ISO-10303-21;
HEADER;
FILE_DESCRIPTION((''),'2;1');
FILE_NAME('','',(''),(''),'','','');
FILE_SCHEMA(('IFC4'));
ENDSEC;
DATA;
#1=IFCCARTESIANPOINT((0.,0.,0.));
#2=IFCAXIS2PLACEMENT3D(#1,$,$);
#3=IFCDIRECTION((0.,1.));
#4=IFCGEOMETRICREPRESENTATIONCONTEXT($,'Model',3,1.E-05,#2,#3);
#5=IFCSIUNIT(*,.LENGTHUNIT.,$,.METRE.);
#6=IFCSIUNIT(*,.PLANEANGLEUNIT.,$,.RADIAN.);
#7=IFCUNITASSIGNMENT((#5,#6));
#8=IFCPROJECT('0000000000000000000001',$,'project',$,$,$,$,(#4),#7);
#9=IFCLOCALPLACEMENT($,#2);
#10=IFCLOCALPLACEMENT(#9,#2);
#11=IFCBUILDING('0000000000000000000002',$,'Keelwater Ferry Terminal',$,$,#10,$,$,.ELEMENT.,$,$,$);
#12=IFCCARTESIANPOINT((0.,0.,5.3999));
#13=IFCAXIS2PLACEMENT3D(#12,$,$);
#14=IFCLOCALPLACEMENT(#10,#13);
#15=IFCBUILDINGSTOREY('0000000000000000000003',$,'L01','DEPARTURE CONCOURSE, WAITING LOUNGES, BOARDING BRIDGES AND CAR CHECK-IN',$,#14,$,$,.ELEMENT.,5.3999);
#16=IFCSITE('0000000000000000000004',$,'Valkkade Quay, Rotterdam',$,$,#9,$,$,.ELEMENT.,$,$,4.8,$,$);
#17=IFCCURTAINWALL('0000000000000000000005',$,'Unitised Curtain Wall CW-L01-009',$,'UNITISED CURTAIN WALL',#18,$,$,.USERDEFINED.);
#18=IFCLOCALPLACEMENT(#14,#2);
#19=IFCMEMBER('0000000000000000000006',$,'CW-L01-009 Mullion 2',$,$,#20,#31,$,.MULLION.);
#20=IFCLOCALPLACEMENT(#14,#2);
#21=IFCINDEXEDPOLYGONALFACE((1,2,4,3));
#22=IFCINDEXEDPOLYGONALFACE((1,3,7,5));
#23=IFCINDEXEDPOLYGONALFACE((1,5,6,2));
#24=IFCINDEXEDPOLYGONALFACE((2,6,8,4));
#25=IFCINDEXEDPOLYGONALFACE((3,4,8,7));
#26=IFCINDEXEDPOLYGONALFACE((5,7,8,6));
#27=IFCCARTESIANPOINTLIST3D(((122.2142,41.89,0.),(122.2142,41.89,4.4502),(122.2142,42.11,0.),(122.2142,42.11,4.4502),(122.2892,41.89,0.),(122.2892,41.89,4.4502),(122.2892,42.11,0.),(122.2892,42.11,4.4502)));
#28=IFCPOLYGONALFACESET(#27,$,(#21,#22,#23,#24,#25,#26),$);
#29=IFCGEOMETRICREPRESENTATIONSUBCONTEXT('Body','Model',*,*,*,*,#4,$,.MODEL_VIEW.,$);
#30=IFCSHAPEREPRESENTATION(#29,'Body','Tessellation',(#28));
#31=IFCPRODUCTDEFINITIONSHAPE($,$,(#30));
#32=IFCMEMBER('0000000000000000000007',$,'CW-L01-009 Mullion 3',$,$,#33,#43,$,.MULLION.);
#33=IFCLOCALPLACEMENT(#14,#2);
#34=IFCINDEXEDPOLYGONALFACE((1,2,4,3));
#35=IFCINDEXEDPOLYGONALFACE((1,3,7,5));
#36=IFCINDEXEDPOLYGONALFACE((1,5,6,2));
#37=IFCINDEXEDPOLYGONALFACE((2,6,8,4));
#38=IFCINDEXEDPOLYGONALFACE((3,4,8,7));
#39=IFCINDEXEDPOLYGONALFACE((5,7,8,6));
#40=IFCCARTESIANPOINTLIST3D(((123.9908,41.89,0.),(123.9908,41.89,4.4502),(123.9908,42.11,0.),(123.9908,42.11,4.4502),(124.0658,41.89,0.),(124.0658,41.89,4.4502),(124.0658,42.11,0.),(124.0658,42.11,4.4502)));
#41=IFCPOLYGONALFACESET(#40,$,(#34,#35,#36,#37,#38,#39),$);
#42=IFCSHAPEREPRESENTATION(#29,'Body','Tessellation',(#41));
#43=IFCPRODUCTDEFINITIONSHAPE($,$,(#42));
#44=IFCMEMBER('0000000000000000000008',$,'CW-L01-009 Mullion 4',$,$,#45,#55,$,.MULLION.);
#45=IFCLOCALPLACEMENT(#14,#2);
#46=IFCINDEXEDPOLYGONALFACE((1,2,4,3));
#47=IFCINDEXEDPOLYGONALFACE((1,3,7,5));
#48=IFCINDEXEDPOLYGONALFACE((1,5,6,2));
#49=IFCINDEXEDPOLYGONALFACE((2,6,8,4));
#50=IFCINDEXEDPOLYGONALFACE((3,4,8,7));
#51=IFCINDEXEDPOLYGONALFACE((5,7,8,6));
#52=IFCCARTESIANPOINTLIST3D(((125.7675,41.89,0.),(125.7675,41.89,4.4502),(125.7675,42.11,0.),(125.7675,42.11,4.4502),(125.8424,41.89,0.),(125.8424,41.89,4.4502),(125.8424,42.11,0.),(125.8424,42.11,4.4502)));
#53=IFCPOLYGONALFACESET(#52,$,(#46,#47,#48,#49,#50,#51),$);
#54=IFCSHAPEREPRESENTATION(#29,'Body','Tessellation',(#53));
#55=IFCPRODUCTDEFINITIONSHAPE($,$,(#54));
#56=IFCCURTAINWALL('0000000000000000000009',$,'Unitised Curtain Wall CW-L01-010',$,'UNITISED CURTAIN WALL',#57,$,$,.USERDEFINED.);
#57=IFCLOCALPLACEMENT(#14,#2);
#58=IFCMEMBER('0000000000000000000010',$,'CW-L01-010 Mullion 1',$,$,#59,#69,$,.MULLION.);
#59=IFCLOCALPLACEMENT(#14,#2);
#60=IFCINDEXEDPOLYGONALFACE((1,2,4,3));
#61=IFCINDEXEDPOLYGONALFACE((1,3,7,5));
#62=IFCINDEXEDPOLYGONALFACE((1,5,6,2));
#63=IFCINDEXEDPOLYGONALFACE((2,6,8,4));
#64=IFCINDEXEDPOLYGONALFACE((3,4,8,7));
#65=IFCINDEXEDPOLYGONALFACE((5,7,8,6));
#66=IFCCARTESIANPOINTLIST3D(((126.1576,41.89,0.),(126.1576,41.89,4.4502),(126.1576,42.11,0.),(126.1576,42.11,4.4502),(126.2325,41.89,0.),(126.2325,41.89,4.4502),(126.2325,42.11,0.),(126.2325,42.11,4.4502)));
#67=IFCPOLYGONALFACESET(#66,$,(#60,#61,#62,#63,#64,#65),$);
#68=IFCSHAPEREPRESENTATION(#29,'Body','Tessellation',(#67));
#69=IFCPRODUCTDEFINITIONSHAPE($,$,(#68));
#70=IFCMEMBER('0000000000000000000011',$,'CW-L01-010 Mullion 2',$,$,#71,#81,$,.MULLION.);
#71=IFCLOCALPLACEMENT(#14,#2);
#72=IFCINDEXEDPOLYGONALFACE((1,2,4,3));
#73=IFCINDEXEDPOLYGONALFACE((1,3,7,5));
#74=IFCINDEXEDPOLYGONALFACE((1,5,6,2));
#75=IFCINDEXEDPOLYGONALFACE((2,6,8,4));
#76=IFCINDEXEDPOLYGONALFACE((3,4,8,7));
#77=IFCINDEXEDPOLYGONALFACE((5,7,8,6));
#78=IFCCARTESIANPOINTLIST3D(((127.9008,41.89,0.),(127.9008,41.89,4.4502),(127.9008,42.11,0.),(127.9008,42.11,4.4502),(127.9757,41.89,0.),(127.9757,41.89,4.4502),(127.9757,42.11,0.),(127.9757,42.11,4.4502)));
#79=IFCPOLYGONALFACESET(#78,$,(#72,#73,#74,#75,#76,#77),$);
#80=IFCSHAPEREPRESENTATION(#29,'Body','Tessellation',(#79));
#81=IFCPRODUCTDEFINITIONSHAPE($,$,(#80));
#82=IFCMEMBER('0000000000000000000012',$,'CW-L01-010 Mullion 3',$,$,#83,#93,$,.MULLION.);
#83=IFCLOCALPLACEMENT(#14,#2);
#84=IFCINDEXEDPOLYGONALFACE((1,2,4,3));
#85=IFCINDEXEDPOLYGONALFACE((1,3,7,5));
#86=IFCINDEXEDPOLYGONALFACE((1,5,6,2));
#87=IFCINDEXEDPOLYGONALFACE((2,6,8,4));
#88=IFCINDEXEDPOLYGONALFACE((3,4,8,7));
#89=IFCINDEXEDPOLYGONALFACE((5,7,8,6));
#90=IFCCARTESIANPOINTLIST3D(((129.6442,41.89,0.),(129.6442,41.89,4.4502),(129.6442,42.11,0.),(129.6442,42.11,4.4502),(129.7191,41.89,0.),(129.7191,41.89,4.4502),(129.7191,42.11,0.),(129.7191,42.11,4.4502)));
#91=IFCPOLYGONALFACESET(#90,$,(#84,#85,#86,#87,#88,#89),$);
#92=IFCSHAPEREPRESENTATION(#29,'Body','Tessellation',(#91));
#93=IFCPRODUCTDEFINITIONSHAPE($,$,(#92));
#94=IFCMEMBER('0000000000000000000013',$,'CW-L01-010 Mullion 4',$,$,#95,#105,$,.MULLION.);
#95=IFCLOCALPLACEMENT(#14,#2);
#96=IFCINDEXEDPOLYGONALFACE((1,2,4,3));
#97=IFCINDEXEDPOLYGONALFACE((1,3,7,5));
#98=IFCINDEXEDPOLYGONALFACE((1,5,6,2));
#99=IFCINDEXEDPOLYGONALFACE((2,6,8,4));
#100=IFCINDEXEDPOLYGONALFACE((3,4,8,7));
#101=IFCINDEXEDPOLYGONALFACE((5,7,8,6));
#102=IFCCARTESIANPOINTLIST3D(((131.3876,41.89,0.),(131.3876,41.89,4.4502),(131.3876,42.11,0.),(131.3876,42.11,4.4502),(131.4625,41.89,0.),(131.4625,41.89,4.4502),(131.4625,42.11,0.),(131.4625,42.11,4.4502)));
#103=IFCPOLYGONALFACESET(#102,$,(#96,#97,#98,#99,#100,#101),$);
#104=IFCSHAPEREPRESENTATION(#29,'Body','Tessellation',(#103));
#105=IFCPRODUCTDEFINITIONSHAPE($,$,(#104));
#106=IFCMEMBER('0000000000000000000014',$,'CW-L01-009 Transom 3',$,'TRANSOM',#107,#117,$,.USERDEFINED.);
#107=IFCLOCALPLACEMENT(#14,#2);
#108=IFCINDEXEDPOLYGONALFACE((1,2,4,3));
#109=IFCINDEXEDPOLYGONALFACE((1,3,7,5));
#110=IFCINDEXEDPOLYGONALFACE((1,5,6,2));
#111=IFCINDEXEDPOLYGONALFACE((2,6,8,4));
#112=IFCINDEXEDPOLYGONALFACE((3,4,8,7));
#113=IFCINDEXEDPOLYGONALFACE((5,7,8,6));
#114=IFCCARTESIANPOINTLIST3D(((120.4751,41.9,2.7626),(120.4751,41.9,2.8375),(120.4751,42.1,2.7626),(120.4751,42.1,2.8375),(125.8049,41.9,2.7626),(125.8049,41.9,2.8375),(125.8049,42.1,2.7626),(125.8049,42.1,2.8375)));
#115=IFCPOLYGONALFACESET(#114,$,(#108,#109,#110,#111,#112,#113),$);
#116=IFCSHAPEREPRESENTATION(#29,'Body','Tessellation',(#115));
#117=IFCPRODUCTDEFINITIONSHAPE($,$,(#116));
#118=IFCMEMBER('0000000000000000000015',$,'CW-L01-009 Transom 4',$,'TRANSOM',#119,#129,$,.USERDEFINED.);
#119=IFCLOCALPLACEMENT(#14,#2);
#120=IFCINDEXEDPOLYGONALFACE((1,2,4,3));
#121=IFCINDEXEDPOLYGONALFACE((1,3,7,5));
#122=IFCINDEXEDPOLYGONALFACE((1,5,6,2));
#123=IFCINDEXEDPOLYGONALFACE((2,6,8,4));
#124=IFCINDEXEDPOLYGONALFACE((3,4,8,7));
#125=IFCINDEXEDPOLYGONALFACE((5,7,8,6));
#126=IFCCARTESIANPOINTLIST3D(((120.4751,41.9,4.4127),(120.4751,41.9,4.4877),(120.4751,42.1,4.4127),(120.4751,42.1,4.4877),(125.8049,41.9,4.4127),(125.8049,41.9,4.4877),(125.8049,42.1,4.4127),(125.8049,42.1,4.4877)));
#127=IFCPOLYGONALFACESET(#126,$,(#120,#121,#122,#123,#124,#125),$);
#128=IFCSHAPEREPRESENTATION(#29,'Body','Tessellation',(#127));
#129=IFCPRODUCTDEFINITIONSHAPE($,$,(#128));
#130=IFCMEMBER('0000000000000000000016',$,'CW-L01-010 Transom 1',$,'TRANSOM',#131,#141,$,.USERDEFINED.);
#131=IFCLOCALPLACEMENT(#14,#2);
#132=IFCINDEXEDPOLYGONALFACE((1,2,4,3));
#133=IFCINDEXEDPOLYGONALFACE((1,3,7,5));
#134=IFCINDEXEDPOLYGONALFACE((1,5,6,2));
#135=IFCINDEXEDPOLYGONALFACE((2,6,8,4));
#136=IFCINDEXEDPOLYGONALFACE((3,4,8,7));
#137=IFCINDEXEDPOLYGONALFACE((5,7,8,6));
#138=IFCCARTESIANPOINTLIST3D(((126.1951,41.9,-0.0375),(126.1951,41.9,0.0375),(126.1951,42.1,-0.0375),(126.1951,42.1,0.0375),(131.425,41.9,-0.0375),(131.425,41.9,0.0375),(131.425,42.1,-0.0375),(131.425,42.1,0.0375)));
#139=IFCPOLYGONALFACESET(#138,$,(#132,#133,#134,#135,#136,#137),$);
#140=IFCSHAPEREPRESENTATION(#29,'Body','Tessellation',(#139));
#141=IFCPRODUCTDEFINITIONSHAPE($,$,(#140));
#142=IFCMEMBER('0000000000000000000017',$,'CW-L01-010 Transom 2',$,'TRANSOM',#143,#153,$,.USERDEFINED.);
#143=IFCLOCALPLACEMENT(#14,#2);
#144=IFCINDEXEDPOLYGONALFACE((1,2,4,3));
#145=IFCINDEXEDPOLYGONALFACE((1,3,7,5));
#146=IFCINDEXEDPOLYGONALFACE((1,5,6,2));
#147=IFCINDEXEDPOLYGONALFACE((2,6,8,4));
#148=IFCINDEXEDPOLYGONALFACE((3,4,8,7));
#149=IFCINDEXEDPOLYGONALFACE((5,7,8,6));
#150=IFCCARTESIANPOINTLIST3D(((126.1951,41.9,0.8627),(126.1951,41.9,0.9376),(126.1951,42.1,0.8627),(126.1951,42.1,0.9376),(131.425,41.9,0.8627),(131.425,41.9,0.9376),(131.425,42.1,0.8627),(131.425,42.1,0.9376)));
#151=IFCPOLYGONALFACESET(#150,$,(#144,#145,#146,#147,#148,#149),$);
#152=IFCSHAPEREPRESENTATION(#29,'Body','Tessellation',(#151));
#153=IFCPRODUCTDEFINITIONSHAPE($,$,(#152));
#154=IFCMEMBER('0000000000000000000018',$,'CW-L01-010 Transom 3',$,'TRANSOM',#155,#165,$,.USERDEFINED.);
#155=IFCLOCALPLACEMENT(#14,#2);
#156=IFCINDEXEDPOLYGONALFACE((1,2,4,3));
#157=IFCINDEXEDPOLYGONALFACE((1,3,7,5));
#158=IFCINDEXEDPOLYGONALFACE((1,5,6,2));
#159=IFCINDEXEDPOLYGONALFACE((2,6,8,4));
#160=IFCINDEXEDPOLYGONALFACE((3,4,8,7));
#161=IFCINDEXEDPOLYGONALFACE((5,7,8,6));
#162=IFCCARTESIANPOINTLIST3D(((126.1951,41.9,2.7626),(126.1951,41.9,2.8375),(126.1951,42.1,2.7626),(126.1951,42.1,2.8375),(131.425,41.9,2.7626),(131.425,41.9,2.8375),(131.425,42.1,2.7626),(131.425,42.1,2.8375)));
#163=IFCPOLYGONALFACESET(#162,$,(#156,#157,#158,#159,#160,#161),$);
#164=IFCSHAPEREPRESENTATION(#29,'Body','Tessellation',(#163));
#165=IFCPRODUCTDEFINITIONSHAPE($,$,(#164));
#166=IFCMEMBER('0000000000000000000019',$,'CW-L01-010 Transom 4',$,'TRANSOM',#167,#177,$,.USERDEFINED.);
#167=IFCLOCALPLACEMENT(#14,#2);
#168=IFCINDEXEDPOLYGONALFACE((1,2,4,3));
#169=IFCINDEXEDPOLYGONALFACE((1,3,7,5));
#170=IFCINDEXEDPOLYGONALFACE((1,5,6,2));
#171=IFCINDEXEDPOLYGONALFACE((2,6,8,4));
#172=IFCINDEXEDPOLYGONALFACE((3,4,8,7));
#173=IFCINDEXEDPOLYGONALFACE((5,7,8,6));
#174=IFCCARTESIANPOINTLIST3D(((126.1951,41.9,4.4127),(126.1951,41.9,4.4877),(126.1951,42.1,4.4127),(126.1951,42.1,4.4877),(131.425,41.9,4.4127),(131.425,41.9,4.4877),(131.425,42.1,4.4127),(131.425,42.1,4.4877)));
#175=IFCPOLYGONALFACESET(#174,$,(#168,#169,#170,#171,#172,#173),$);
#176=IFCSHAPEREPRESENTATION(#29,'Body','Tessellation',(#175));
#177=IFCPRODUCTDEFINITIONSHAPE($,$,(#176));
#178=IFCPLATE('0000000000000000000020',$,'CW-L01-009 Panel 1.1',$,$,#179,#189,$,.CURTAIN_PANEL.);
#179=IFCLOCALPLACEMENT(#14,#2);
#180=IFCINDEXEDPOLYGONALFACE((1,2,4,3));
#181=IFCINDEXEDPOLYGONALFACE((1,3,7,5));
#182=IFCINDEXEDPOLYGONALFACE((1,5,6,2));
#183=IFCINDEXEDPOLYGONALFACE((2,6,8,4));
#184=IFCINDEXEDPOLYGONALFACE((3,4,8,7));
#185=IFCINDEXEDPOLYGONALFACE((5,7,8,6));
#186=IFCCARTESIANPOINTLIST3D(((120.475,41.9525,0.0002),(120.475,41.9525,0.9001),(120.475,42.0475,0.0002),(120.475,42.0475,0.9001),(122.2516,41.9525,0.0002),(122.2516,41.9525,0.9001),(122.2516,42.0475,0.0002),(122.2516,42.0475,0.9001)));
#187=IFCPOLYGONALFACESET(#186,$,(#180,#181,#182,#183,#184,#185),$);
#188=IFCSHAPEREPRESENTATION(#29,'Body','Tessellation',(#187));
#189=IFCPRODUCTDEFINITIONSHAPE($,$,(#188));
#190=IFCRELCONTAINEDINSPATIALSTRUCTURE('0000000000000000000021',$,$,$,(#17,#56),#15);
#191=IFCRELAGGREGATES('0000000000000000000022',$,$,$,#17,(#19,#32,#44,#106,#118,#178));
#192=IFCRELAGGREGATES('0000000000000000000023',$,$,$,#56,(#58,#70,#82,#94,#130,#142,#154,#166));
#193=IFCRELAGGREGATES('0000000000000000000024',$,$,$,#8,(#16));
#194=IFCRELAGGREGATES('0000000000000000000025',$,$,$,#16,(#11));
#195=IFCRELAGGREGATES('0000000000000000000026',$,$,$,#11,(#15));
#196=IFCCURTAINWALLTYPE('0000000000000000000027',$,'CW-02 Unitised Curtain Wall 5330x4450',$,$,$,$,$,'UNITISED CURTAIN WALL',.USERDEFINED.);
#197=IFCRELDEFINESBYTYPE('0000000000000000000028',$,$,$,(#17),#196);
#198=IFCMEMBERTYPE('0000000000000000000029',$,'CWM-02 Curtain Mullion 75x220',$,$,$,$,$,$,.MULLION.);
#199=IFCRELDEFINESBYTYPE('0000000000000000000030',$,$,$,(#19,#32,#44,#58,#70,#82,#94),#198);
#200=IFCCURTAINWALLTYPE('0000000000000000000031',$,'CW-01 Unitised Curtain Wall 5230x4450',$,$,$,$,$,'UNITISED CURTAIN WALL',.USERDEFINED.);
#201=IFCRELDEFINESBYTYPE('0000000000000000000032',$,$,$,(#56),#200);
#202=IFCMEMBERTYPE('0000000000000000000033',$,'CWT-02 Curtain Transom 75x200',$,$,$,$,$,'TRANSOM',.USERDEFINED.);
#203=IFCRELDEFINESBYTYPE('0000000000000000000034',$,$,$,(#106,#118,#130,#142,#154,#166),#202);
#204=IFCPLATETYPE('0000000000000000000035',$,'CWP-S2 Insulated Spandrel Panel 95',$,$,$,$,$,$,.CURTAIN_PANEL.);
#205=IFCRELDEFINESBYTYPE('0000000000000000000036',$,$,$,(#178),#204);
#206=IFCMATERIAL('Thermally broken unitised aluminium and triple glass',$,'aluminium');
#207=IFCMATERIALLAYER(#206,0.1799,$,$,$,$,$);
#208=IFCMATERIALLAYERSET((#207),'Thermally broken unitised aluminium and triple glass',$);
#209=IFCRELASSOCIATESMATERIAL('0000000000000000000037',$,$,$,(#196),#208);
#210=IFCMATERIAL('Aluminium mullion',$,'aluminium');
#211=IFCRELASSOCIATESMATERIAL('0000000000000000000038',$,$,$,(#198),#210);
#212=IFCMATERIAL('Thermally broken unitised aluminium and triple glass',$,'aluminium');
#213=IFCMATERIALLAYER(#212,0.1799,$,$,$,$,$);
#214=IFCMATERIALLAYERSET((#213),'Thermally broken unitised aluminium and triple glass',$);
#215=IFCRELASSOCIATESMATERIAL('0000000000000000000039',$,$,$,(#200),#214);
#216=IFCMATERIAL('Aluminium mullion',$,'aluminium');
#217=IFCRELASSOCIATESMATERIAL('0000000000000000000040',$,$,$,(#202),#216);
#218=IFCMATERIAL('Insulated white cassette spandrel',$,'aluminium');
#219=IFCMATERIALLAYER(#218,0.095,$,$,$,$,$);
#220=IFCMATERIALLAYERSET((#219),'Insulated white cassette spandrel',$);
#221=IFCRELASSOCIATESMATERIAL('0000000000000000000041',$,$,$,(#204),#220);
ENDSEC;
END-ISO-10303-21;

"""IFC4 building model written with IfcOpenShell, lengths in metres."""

from ifc_helpers import new_model, si_unit, direction, frame, origin, origin_2d, place, context, subcontext, project, spatial, rectangle, extrude, material, layer, layer_set, material_profile, profile_set, type_object, element, aggregate, save


model = new_model("IFC4")

# Units and contexts
model_context = context("Model", 3, precision=1e-05, world=origin(), true_north=direction((0.0, 1.0)))
body_context = subcontext(model_context, "Body", "Model", "MODEL_VIEW")
ifc_project = project(units=[si_unit("LENGTHUNIT", "METRE"), si_unit("PLANEANGLEUNIT", "RADIAN")], contexts=[model_context])

# Site, building, storey
site_placement = place(None, origin())
site = spatial("IfcSite", under=ifc_project, at=site_placement, Name="Valkkade Quay, Rotterdam", CompositionType="ELEMENT", RefElevation=4.8)
building_placement = place(site_placement, origin())
building = spatial("IfcBuilding", under=site, at=building_placement, Name="Keelwater Ferry Terminal", CompositionType="ELEMENT")
storey_placement = place(building_placement, frame((0.0, 0.0, 5.3999)))
storey = spatial("IfcBuildingStorey", under=building, at=storey_placement, Name="L01", Description="DEPARTURE CONCOURSE, WAITING LOUNGES, BOARDING BRIDGES AND CAR CHECK-IN", CompositionType="ELEMENT", Elevation=5.3999)

# Curtain walls, members
ifc_material_1 = material(Name="Thermally broken unitised aluminium and triple glass", Category="aluminium")
ifc_layer_1 = layer(ifc_material_1, 0.1799)
ifc_layer_set_1 = layer_set([ifc_layer_1], Name="Thermally broken unitised aluminium and triple glass")
curtain_wall_type_1 = type_object("IfcCurtainWallType", Name="CW-02 Unitised Curtain Wall 5330x4450", ElementType="UNITISED CURTAIN WALL", PredefinedType="USERDEFINED", material=ifc_layer_set_1)
curtain_wall_1_placement = place(storey_placement, origin())
curtain_wall_1 = element("IfcCurtainWall", 1, at=curtain_wall_1_placement, inside=storey, type_object=curtain_wall_type_1, Name="Unitised Curtain Wall CW-L01-009", ObjectType="UNITISED CURTAIN WALL", PredefinedType="USERDEFINED")
ifc_material_2 = material(Name="Aluminium mullion", Category="aluminium")
ifc_material_profile_1 = material_profile(ifc_material_2, rectangle(XDim=0.075, YDim=0.22, at=origin_2d()), Name="CWM-02")
ifc_profile_set_1 = profile_set([ifc_material_profile_1], Name="Aluminium mullion")
member_type_1 = type_object("IfcMemberType", Name="CWM-02 Curtain Mullion 75x220", PredefinedType="MULLION", material=ifc_profile_set_1)
member_1_placement = place(storey_placement, frame((122.2517, 42.0, 0.0), z_axis=(0.0, 0.0, 1.0), x_axis=(1.0, 0.0, 0.0)))
member_1 = element("IfcMember", 2, at=member_1_placement, type_object=member_type_1, Name="CW-L01-009 Mullion 2", PredefinedType="MULLION", context=body_context, shape_type="SweptSolid", body=[
    extrude(rectangle(XDim=0.075, YDim=0.22, at=origin_2d()), origin(), (0.0, 0.0, 1.0), 4.4502),
])
member_2_placement = place(storey_placement, frame((124.0283, 42.0, 0.0), z_axis=(0.0, 0.0, 1.0), x_axis=(1.0, 0.0, 0.0)))
member_2 = element("IfcMember", 3, at=member_2_placement, type_object=member_type_1, Name="CW-L01-009 Mullion 3", PredefinedType="MULLION", context=body_context, shape_type="SweptSolid", body=[
    extrude(rectangle(XDim=0.075, YDim=0.22, at=origin_2d()), origin(), (0.0, 0.0, 1.0), 4.4502),
])
member_3_placement = place(storey_placement, frame((125.8049, 42.0, 0.0), z_axis=(0.0, 0.0, 1.0), x_axis=(1.0, 0.0, 0.0)))
member_3 = element("IfcMember", 4, at=member_3_placement, type_object=member_type_1, Name="CW-L01-009 Mullion 4", PredefinedType="MULLION", context=body_context, shape_type="SweptSolid", body=[
    extrude(rectangle(XDim=0.075, YDim=0.22, at=origin_2d()), origin(), (0.0, 0.0, 1.0), 4.4502),
])
ifc_material_3 = material(Name="Thermally broken unitised aluminium and triple glass", Category="aluminium")
ifc_layer_2 = layer(ifc_material_3, 0.1799)
ifc_layer_set_2 = layer_set([ifc_layer_2], Name="Thermally broken unitised aluminium and triple glass")
curtain_wall_type_2 = type_object("IfcCurtainWallType", Name="CW-01 Unitised Curtain Wall 5230x4450", ElementType="UNITISED CURTAIN WALL", PredefinedType="USERDEFINED", material=ifc_layer_set_2)
curtain_wall_2_placement = place(storey_placement, origin())
curtain_wall_2 = element("IfcCurtainWall", 5, at=curtain_wall_2_placement, inside=storey, type_object=curtain_wall_type_2, Name="Unitised Curtain Wall CW-L01-010", ObjectType="UNITISED CURTAIN WALL", PredefinedType="USERDEFINED")
member_4_placement = place(storey_placement, frame((126.1951, 42.0, 0.0), z_axis=(0.0, 0.0, 1.0), x_axis=(1.0, 0.0, 0.0)))
member_4 = element("IfcMember", 6, at=member_4_placement, type_object=member_type_1, Name="CW-L01-010 Mullion 1", PredefinedType="MULLION", context=body_context, shape_type="SweptSolid", body=[
    extrude(rectangle(XDim=0.075, YDim=0.22, at=origin_2d()), origin(), (0.0, 0.0, 1.0), 4.4502),
])
member_5_placement = place(storey_placement, frame((127.9382, 42.0, 0.0), z_axis=(0.0, 0.0, 1.0), x_axis=(1.0, 0.0, 0.0)))
member_5 = element("IfcMember", 7, at=member_5_placement, type_object=member_type_1, Name="CW-L01-010 Mullion 2", PredefinedType="MULLION", context=body_context, shape_type="SweptSolid", body=[
    extrude(rectangle(XDim=0.075, YDim=0.22, at=origin_2d()), origin(), (0.0, 0.0, 1.0), 4.4502),
])
member_6_placement = place(storey_placement, frame((129.6816, 42.0, 0.0), z_axis=(0.0, 0.0, 1.0), x_axis=(1.0, 0.0, 0.0)))
member_6 = element("IfcMember", 8, at=member_6_placement, type_object=member_type_1, Name="CW-L01-010 Mullion 3", PredefinedType="MULLION", context=body_context, shape_type="SweptSolid", body=[
    extrude(rectangle(XDim=0.075, YDim=0.22, at=origin_2d()), origin(), (0.0, 0.0, 1.0), 4.4502),
])
member_7_placement = place(storey_placement, frame((131.425, 42.0, 0.0), z_axis=(0.0, 0.0, 1.0), x_axis=(1.0, 0.0, 0.0)))
member_7 = element("IfcMember", 9, at=member_7_placement, type_object=member_type_1, Name="CW-L01-010 Mullion 4", PredefinedType="MULLION", context=body_context, shape_type="SweptSolid", body=[
    extrude(rectangle(XDim=0.075, YDim=0.22, at=origin_2d()), origin(), (0.0, 0.0, 1.0), 4.4502),
])

# Members
ifc_material_4 = material(Name="Aluminium mullion", Category="aluminium")
ifc_material_profile_2 = material_profile(ifc_material_4, rectangle(XDim=0.2, YDim=0.075, at=origin_2d()), Name="CWT-02")
ifc_profile_set_2 = profile_set([ifc_material_profile_2], Name="Aluminium mullion")
member_type_2 = type_object("IfcMemberType", Name="CWT-02 Curtain Transom 75x200", ElementType="TRANSOM", PredefinedType="USERDEFINED", material=ifc_profile_set_2)
member_8_placement = place(storey_placement, frame((120.4751, 42.0, 2.8), z_axis=(1.0, 0.0, 0.0), x_axis=(0.0, 1.0, 0.0)))
member_8 = element("IfcMember", 10, at=member_8_placement, type_object=member_type_2, Name="CW-L01-009 Transom 3", ObjectType="TRANSOM", PredefinedType="USERDEFINED", context=body_context, shape_type="SweptSolid", body=[
    extrude(rectangle(XDim=0.2, YDim=0.075, at=origin_2d()), origin(), (0.0, 0.0, 1.0), 5.3298),
])
member_9_placement = place(storey_placement, frame((120.4751, 42.0, 4.4502), z_axis=(1.0, 0.0, 0.0), x_axis=(0.0, 1.0, 0.0)))
member_9 = element("IfcMember", 11, at=member_9_placement, type_object=member_type_2, Name="CW-L01-009 Transom 4", ObjectType="TRANSOM", PredefinedType="USERDEFINED", context=body_context, shape_type="SweptSolid", body=[
    extrude(rectangle(XDim=0.2, YDim=0.075, at=origin_2d()), origin(), (0.0, 0.0, 1.0), 5.3298),
])
member_10_placement = place(storey_placement, frame((126.1951, 42.0, 0.0), z_axis=(1.0, 0.0, 0.0), x_axis=(0.0, 1.0, 0.0)))
member_10 = element("IfcMember", 12, at=member_10_placement, type_object=member_type_2, Name="CW-L01-010 Transom 1", ObjectType="TRANSOM", PredefinedType="USERDEFINED", context=body_context, shape_type="SweptSolid", body=[
    extrude(rectangle(XDim=0.2, YDim=0.075, at=origin_2d()), origin(), (0.0, 0.0, 1.0), 5.23),
])
member_11_placement = place(storey_placement, frame((126.1951, 42.0, 0.9001), z_axis=(1.0, 0.0, 0.0), x_axis=(0.0, 1.0, 0.0)))
member_11 = element("IfcMember", 13, at=member_11_placement, type_object=member_type_2, Name="CW-L01-010 Transom 2", ObjectType="TRANSOM", PredefinedType="USERDEFINED", context=body_context, shape_type="SweptSolid", body=[
    extrude(rectangle(XDim=0.2, YDim=0.075, at=origin_2d()), origin(), (0.0, 0.0, 1.0), 5.23),
])
member_12_placement = place(storey_placement, frame((126.1951, 42.0, 2.8), z_axis=(1.0, 0.0, 0.0), x_axis=(0.0, 1.0, 0.0)))
member_12 = element("IfcMember", 14, at=member_12_placement, type_object=member_type_2, Name="CW-L01-010 Transom 3", ObjectType="TRANSOM", PredefinedType="USERDEFINED", context=body_context, shape_type="SweptSolid", body=[
    extrude(rectangle(XDim=0.2, YDim=0.075, at=origin_2d()), origin(), (0.0, 0.0, 1.0), 5.23),
])
member_13_placement = place(storey_placement, frame((126.1951, 42.0, 4.4502), z_axis=(1.0, 0.0, 0.0), x_axis=(0.0, 1.0, 0.0)))
member_13 = element("IfcMember", 15, at=member_13_placement, type_object=member_type_2, Name="CW-L01-010 Transom 4", ObjectType="TRANSOM", PredefinedType="USERDEFINED", context=body_context, shape_type="SweptSolid", body=[
    extrude(rectangle(XDim=0.2, YDim=0.075, at=origin_2d()), origin(), (0.0, 0.0, 1.0), 5.23),
])

# Plate
ifc_material_5 = material(Name="Insulated white cassette spandrel", Category="aluminium")
ifc_layer_3 = layer(ifc_material_5, 0.095)
ifc_layer_set_3 = layer_set([ifc_layer_3], Name="Insulated white cassette spandrel")
plate_type_1 = type_object("IfcPlateType", Name="CWP-S2 Insulated Spandrel Panel 95", PredefinedType="CURTAIN_PANEL", material=ifc_layer_set_3)
plate_1_placement = place(storey_placement, frame((121.3633, 42.0, 0.0002), z_axis=(0.0, 0.0, 1.0), x_axis=(1.0, 0.0, 0.0)))
plate_1 = element("IfcPlate", 16, at=plate_1_placement, type_object=plate_type_1, Name="CW-L01-009 Panel 1.1", PredefinedType="CURTAIN_PANEL", context=body_context, shape_type="SweptSolid", body=[
    extrude(rectangle(XDim=1.7766, YDim=0.095, at=origin_2d()), origin(), (0.0, 0.0, 1.0), 0.8999),
])
aggregate(curtain_wall_1, [member_1, member_2, member_3, member_8, member_9, plate_1])
aggregate(curtain_wall_2, [member_4, member_5, member_6, member_7, member_10, member_11, member_12, member_13])

save(model, "model.ifc")
